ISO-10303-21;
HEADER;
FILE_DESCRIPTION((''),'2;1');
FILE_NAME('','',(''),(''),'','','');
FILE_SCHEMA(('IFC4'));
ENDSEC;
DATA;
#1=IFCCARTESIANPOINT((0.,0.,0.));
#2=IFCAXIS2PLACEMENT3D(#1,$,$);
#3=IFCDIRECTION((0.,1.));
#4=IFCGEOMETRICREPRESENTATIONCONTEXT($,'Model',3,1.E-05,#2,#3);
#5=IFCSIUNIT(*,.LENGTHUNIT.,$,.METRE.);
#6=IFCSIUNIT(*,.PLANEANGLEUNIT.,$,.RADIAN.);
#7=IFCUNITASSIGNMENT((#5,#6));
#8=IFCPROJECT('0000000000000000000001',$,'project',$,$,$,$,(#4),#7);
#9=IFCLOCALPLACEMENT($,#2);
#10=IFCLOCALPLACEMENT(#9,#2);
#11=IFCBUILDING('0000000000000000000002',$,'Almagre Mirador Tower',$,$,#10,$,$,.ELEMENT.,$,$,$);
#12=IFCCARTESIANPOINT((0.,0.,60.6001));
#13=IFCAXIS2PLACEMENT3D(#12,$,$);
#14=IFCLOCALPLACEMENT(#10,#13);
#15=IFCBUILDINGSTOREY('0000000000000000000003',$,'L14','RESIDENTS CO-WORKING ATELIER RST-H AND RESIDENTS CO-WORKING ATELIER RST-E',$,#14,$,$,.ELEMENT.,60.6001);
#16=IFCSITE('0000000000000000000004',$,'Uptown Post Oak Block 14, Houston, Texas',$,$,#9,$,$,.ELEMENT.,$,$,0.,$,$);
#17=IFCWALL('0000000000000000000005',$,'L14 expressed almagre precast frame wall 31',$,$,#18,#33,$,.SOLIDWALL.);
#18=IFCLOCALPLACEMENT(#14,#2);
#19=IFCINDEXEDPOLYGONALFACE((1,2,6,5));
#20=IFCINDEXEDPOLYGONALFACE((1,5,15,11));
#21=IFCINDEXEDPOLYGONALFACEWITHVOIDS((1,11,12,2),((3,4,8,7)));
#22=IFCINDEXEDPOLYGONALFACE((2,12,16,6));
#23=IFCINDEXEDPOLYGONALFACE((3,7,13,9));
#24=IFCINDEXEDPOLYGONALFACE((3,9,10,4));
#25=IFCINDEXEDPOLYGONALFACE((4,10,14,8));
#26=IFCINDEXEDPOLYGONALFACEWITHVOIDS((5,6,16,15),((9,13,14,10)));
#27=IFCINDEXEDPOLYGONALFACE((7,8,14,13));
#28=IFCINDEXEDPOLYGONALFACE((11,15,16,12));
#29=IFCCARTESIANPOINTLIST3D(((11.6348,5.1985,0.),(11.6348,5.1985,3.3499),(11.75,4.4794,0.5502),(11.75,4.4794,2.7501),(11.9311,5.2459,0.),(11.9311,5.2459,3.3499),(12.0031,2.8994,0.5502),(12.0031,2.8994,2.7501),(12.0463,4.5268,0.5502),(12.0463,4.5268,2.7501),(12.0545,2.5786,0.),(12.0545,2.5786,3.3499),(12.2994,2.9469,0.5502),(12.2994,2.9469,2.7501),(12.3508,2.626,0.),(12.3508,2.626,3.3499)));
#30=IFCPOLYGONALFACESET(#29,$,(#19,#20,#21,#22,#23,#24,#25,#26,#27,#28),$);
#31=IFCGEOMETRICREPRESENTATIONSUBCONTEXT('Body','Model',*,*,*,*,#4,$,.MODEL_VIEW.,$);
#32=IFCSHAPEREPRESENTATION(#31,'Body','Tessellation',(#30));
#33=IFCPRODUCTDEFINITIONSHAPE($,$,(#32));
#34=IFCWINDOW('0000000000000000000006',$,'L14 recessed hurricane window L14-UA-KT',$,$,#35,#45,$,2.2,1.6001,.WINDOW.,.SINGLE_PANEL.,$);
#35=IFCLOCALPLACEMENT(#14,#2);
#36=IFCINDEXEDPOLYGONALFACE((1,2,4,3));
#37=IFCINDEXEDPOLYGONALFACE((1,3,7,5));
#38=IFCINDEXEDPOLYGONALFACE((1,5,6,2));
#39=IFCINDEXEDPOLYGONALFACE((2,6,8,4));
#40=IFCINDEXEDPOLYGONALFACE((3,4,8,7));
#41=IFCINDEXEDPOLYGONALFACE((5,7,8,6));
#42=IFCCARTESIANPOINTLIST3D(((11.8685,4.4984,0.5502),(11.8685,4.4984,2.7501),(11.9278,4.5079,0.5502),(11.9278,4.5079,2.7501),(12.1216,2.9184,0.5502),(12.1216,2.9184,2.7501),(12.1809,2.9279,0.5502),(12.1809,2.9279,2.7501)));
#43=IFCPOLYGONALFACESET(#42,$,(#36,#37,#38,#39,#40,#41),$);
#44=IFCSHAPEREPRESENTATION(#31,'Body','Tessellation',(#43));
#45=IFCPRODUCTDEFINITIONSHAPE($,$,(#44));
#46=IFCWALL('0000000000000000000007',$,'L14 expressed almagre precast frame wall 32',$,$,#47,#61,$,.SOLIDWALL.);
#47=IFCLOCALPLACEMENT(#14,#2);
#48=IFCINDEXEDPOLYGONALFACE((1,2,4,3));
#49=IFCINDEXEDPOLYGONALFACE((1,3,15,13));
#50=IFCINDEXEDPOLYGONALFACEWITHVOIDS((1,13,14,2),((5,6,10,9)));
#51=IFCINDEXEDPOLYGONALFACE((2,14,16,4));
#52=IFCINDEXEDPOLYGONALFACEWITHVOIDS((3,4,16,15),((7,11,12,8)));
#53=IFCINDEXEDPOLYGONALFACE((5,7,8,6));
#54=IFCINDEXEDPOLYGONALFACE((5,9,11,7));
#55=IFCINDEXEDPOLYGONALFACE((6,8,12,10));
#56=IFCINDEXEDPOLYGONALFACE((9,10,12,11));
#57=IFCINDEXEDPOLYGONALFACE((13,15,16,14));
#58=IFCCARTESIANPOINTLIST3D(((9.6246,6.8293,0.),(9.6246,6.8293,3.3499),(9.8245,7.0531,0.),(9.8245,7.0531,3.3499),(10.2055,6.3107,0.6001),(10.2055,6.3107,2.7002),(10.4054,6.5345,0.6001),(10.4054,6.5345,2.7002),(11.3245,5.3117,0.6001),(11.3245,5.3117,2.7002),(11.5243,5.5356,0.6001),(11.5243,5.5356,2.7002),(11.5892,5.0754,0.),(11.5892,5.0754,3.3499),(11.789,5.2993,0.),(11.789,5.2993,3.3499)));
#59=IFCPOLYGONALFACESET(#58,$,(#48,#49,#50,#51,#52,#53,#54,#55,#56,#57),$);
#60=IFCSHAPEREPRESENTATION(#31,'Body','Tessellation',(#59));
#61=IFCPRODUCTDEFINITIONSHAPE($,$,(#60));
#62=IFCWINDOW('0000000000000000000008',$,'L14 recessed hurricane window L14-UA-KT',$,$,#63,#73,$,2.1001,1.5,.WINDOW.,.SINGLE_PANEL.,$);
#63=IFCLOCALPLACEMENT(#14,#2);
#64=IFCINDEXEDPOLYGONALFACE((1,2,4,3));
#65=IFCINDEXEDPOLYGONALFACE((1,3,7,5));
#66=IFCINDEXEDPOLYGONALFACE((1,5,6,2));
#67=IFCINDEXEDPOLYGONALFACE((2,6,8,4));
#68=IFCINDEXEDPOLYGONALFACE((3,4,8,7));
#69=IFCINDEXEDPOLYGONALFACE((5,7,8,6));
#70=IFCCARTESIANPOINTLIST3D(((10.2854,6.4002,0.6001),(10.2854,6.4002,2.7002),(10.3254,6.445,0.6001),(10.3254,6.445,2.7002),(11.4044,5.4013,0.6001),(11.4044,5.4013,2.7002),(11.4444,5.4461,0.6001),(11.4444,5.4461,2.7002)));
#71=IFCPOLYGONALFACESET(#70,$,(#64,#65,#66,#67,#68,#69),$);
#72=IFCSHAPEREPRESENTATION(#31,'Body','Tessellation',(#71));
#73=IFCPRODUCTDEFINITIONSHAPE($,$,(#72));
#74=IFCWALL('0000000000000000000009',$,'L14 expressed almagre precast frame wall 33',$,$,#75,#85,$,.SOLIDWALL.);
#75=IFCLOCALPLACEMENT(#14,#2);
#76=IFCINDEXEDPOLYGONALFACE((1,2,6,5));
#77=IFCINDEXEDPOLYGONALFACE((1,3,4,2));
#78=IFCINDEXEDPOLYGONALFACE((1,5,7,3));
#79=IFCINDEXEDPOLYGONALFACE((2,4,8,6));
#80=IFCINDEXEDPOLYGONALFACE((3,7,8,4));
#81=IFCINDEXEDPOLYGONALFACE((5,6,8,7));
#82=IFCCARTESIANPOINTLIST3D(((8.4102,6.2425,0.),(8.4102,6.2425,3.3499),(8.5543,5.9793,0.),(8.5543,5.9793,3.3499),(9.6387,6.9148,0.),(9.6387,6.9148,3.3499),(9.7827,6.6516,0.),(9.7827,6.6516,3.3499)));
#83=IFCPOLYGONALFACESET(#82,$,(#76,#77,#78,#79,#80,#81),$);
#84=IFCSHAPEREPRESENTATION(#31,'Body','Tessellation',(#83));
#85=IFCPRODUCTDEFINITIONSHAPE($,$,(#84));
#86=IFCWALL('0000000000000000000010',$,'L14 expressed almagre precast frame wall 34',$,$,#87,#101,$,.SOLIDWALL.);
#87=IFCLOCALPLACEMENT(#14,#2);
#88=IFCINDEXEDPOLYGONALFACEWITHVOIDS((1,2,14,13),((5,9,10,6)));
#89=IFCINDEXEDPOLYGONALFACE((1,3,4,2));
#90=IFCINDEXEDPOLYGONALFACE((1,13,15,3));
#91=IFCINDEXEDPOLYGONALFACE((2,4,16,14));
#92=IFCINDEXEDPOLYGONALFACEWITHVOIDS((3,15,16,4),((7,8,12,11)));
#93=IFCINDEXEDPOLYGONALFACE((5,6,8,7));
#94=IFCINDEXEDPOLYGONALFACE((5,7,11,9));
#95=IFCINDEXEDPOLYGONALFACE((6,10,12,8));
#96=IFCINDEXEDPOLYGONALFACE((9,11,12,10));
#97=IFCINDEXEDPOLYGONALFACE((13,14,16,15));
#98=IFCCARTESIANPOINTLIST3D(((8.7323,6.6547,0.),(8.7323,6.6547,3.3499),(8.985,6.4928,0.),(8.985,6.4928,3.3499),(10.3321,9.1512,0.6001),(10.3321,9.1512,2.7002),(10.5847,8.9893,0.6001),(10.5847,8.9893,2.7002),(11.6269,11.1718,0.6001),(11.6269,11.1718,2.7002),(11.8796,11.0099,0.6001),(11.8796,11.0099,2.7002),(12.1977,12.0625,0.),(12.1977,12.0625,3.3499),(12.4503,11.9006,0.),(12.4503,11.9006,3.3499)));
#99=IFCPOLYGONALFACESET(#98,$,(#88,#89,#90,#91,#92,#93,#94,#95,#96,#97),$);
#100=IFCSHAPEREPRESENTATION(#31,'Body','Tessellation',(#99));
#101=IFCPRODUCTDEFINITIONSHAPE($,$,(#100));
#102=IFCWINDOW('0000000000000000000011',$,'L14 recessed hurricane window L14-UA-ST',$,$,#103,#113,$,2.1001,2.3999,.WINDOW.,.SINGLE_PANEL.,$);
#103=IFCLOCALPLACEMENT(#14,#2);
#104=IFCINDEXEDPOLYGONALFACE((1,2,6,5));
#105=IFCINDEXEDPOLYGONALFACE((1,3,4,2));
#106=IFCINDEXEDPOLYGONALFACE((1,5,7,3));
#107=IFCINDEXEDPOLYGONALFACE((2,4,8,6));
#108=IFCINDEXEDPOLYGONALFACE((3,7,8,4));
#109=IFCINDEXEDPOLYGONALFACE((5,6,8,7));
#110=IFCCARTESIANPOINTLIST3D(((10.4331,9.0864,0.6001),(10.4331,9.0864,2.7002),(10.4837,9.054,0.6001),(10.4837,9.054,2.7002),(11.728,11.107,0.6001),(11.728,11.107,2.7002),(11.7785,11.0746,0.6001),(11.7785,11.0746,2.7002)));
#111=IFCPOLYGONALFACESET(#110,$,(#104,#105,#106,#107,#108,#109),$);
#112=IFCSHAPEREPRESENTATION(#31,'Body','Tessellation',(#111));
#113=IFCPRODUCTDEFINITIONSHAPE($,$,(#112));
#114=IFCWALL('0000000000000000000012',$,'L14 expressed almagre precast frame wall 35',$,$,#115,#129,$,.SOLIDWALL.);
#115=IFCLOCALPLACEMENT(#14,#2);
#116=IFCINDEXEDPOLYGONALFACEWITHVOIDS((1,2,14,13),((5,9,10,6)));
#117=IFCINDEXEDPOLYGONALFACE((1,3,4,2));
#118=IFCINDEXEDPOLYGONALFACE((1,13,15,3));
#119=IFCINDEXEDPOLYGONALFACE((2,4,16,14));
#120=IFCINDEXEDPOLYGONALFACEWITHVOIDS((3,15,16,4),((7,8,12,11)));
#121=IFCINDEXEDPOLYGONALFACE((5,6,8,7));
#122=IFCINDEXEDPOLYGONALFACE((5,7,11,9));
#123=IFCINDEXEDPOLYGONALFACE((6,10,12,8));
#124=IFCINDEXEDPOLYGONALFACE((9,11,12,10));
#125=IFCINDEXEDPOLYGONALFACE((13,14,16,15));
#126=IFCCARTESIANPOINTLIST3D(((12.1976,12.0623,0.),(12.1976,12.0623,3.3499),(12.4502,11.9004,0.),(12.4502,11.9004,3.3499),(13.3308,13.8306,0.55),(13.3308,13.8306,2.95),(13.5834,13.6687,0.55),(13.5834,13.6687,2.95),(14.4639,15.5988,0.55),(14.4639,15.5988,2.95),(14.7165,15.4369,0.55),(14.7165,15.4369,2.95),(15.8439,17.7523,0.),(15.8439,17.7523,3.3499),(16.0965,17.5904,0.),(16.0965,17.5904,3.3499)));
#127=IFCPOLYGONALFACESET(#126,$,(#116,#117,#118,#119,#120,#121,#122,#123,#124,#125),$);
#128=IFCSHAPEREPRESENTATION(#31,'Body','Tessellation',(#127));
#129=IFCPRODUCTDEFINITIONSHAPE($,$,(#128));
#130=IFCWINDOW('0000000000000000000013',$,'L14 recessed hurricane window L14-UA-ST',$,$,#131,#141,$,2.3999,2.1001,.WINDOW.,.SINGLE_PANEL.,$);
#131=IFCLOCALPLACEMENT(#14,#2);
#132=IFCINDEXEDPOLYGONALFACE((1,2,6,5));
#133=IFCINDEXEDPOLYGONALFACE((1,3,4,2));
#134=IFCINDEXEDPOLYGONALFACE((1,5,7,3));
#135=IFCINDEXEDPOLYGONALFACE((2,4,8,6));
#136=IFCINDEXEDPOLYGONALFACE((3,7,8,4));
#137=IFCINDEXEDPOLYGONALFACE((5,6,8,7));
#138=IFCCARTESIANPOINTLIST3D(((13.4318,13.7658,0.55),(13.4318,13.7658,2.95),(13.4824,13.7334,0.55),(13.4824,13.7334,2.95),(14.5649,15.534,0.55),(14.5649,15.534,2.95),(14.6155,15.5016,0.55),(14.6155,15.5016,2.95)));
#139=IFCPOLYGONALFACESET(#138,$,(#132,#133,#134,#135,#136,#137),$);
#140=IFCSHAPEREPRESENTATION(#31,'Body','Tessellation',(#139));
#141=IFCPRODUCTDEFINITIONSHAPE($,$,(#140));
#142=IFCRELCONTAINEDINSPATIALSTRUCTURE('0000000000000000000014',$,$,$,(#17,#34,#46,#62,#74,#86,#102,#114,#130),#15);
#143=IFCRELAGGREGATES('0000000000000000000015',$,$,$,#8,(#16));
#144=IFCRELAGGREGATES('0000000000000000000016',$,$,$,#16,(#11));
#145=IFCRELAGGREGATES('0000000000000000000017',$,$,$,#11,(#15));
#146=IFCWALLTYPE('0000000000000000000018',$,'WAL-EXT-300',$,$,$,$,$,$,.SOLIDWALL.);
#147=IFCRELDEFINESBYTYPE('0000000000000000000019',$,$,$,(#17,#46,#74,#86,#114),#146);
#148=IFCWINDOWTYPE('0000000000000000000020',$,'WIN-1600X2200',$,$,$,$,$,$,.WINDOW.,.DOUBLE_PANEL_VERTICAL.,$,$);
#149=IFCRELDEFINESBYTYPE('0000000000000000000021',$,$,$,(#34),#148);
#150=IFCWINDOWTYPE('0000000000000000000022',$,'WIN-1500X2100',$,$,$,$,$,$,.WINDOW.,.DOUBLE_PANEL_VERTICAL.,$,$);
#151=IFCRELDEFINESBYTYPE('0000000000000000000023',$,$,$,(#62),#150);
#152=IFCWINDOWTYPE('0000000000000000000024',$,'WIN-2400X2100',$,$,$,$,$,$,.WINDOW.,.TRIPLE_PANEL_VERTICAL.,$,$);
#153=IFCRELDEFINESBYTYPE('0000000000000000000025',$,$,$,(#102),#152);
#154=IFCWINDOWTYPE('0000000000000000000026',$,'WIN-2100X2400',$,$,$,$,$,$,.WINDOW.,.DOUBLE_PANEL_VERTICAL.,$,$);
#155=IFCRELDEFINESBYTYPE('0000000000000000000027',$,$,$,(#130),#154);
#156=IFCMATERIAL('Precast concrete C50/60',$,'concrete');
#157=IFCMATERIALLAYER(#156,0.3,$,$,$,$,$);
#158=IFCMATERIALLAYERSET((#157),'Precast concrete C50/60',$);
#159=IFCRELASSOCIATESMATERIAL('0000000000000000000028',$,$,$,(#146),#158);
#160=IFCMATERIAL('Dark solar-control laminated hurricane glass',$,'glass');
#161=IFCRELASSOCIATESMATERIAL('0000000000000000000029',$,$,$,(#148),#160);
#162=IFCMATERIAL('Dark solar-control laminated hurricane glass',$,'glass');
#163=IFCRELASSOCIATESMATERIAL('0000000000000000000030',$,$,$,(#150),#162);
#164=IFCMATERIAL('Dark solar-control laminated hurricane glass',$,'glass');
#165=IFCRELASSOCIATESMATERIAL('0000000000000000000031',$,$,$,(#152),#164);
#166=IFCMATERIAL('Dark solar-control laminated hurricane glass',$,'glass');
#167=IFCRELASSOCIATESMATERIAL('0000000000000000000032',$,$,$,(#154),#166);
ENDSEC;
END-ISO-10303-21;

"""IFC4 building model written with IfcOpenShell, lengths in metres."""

from ifc_helpers import new_model, si_unit, direction, frame, frame_2d, origin, place, context, subcontext, project, spatial, rectangle, extrude, material, layer, layer_set, type_object, element, fill, save


model = new_model("IFC4")

# Units and contexts
model_context = context("Model", 3, precision=1e-05, world=origin(), true_north=direction((0.0, 1.0)))
body_context = subcontext(model_context, "Body", "Model", "MODEL_VIEW")
ifc_project = project(units=[si_unit("LENGTHUNIT", "METRE"), si_unit("PLANEANGLEUNIT", "RADIAN")], contexts=[model_context])

# Site, building, storey
site_placement = place(None, origin())
site = spatial("IfcSite", under=ifc_project, at=site_placement, Name="Uptown Post Oak Block 14, Houston, Texas", CompositionType="ELEMENT", RefElevation=0.0)
building_placement = place(site_placement, origin())
building = spatial("IfcBuilding", under=site, at=building_placement, Name="Almagre Mirador Tower", CompositionType="ELEMENT")
storey_placement = place(building_placement, frame((0.0, 0.0, 60.6001)))
storey = spatial("IfcBuildingStorey", under=building, at=storey_placement, Name="L14", Description="RESIDENTS CO-WORKING ATELIER RST-H AND RESIDENTS CO-WORKING ATELIER RST-E", CompositionType="ELEMENT", Elevation=60.6001)

# Shared definitions
ifc_material_1 = material(Name="Precast concrete C50/60", Category="concrete")
ifc_layer_1 = layer(ifc_material_1, 0.3)
ifc_layer_set_1 = layer_set([ifc_layer_1], Name="Precast concrete C50/60")
wall_type_1 = type_object("IfcWallType", Name="WAL-EXT-300", PredefinedType="SOLIDWALL", material=ifc_layer_set_1)

# Walls, openings, windows
wall_1_placement = place(storey_placement, frame((12.2026, 2.6023, 0.0), z_axis=(0.0, 0.0, 1.0), x_axis=(-0.158174, 0.987411, 0.0)))
wall_1 = element("IfcWall", 1, at=wall_1_placement, inside=storey, type_object=wall_type_1, Name="L14 expressed almagre precast frame wall 31", PredefinedType="SOLIDWALL", context=body_context, shape_type="SweptSolid", body=[
    extrude(rectangle(XDim=2.6533, YDim=0.3, at=frame_2d((1.3267, 0.0))), origin(), (0.0, 0.0, 1.0), 3.3499),
])
opening_1_placement = place(wall_1_placement, frame((0.325, 0.0, 0.55)))
opening_1 = element("IfcOpeningElement", 2, at=opening_1_placement, cuts=wall_1, PredefinedType="OPENING", context=body_context, shape_type="SweptSolid", body=[
    extrude(rectangle(XDim=1.6001, YDim=2.2, at=frame_2d((0.8, 1.1001))), frame((0.0, 0.1599, 0.0), z_axis=(0.0, -1.0, 0.0), x_axis=(1.0, 0.0, 0.0)), (0.0, 0.0, 1.0), 0.32),
])
ifc_material_2 = material(Name="Dark solar-control laminated hurricane glass", Category="glass")
window_type_1 = type_object("IfcWindowType", Name="WIN-1600X2200", PartitioningType="DOUBLE_PANEL_VERTICAL", PredefinedType="WINDOW", material=ifc_material_2)
window_1_placement = place(opening_1_placement, origin())
window_1 = element("IfcWindow", 3, at=window_1_placement, inside=storey, type_object=window_type_1, Name="L14 recessed hurricane window L14-UA-KT", OverallHeight=2.2, OverallWidth=1.6001, PartitioningType="SINGLE_PANEL", PredefinedType="WINDOW", context=body_context, shape_type="SweptSolid", body=[
    extrude(rectangle(XDim=1.6001, YDim=2.2, at=frame_2d((0.8, 1.1001))), frame((0.0, 0.03, 0.0), z_axis=(0.0, -1.0, 0.0), x_axis=(1.0, 0.0, 0.0)), (0.0, 0.0, 1.0), 0.0601),
])
fill(opening_1, window_1)
wall_2_placement = place(storey_placement, frame((11.6892, 5.1873, 0.0), z_axis=(0.0, 0.0, 1.0), x_axis=(-0.745975, 0.665973, 0.0)))
wall_2 = element("IfcWall", 4, at=wall_2_placement, inside=storey, type_object=wall_type_1, Name="L14 expressed almagre precast frame wall 32", PredefinedType="SOLIDWALL", context=body_context, shape_type="SweptSolid", body=[
    extrude(rectangle(XDim=2.6335, YDim=0.3, at=frame_2d((1.3169, 0.0))), origin(), (0.0, 0.0, 1.0), 3.3499),
])
opening_2_placement = place(wall_2_placement, frame((0.355, 0.0, 0.6001)))
opening_2 = element("IfcOpeningElement", 5, at=opening_2_placement, cuts=wall_2, PredefinedType="OPENING", context=body_context, shape_type="SweptSolid", body=[
    extrude(rectangle(XDim=1.5, YDim=2.1001, at=frame_2d((0.75, 1.05))), frame((0.0, 0.1599, 0.0), z_axis=(0.0, -1.0, 0.0), x_axis=(1.0, 0.0, 0.0)), (0.0, 0.0, 1.0), 0.32),
])
ifc_material_3 = material(Name="Dark solar-control laminated hurricane glass", Category="glass")
window_type_2 = type_object("IfcWindowType", Name="WIN-1500X2100", PartitioningType="DOUBLE_PANEL_VERTICAL", PredefinedType="WINDOW", material=ifc_material_3)
window_2_placement = place(opening_2_placement, origin())
window_2 = element("IfcWindow", 6, at=window_2_placement, inside=storey, type_object=window_type_2, Name="L14 recessed hurricane window L14-UA-KT", OverallHeight=2.1001, OverallWidth=1.5, PartitioningType="SINGLE_PANEL", PredefinedType="WINDOW", context=body_context, shape_type="SweptSolid", body=[
    extrude(rectangle(XDim=1.5, YDim=2.1001, at=frame_2d((0.75, 1.05))), frame((0.0, 0.03, 0.0), z_axis=(0.0, -1.0, 0.0), x_axis=(1.0, 0.0, 0.0)), (0.0, 0.0, 1.0), 0.0601),
])
fill(opening_2, window_2)

# Wall
wall_3_placement = place(storey_placement, frame((9.7107, 6.7832, 0.0), z_axis=(0.0, 0.0, 1.0), x_axis=(-0.877215, -0.480097, 0.0)))
element("IfcWall", 7, at=wall_3_placement, inside=storey, type_object=wall_type_1, Name="L14 expressed almagre precast frame wall 33", PredefinedType="SOLIDWALL", context=body_context, shape_type="SweptSolid", body=[
    extrude(rectangle(XDim=1.4004, YDim=0.3, at=frame_2d((0.7002, 0.0))), origin(), (0.0, 0.0, 1.0), 3.3499),
])

# Walls, openings, windows
wall_4_placement = place(storey_placement, frame((8.8586, 6.5737, 0.0), z_axis=(0.0, 0.0, 1.0), x_axis=(0.539539, 0.841961, 0.0)))
wall_4 = element("IfcWall", 8, at=wall_4_placement, inside=storey, type_object=wall_type_1, Name="L14 expressed almagre precast frame wall 34", PredefinedType="SOLIDWALL", context=body_context, shape_type="SweptSolid", body=[
    extrude(rectangle(XDim=6.4229, YDim=0.3, at=frame_2d((3.2114, 0.0))), origin(), (0.0, 0.0, 1.0), 3.3499),
])
opening_3_placement = place(wall_4_placement, frame((2.9651, 0.0, 0.6001)))
opening_3 = element("IfcOpeningElement", 9, at=opening_3_placement, cuts=wall_4, PredefinedType="OPENING", context=body_context, shape_type="SweptSolid", body=[
    extrude(rectangle(XDim=2.3999, YDim=2.1001, at=frame_2d((1.2, 1.05))), frame((0.0, 0.1599, 0.0), z_axis=(0.0, -1.0, 0.0), x_axis=(1.0, 0.0, 0.0)), (0.0, 0.0, 1.0), 0.32),
])
ifc_material_4 = material(Name="Dark solar-control laminated hurricane glass", Category="glass")
window_type_3 = type_object("IfcWindowType", Name="WIN-2400X2100", PartitioningType="TRIPLE_PANEL_VERTICAL", PredefinedType="WINDOW", material=ifc_material_4)
window_3_placement = place(opening_3_placement, origin())
window_3 = element("IfcWindow", 10, at=window_3_placement, inside=storey, type_object=window_type_3, Name="L14 recessed hurricane window L14-UA-ST", OverallHeight=2.1001, OverallWidth=2.3999, PartitioningType="SINGLE_PANEL", PredefinedType="WINDOW", context=body_context, shape_type="SweptSolid", body=[
    extrude(rectangle(XDim=2.3999, YDim=2.1001, at=frame_2d((1.2, 1.05))), frame((0.0, 0.03, 0.0), z_axis=(0.0, -1.0, 0.0), x_axis=(1.0, 0.0, 0.0)), (0.0, 0.0, 1.0), 0.0601),
])
fill(opening_3, window_3)
wall_5_placement = place(storey_placement, frame((12.324, 11.9814, 0.0), z_axis=(0.0, 0.0, 1.0), x_axis=(0.539545, 0.841957, 0.0)))
wall_5 = element("IfcWall", 11, at=wall_5_placement, inside=storey, type_object=wall_type_1, Name="L14 expressed almagre precast frame wall 35", PredefinedType="SOLIDWALL", context=body_context, shape_type="SweptSolid", body=[
    extrude(rectangle(XDim=6.7581, YDim=0.3, at=frame_2d((3.3789, 0.0))), origin(), (0.0, 0.0, 1.0), 3.3499),
])
opening_4_placement = place(wall_5_placement, frame((2.1001, 0.0, 0.55)))
opening_4 = element("IfcOpeningElement", 12, at=opening_4_placement, cuts=wall_5, PredefinedType="OPENING", context=body_context, shape_type="SweptSolid", body=[
    extrude(rectangle(XDim=2.1001, YDim=2.3999, at=frame_2d((1.05, 1.2))), frame((0.0, 0.1599, 0.0), z_axis=(0.0, -1.0, 0.0), x_axis=(1.0, 0.0, 0.0)), (0.0, 0.0, 1.0), 0.32),
])
ifc_material_5 = material(Name="Dark solar-control laminated hurricane glass", Category="glass")
window_type_4 = type_object("IfcWindowType", Name="WIN-2100X2400", PartitioningType="DOUBLE_PANEL_VERTICAL", PredefinedType="WINDOW", material=ifc_material_5)
window_4_placement = place(opening_4_placement, origin())
window_4 = element("IfcWindow", 13, at=window_4_placement, inside=storey, type_object=window_type_4, Name="L14 recessed hurricane window L14-UA-ST", OverallHeight=2.3999, OverallWidth=2.1001, PartitioningType="SINGLE_PANEL", PredefinedType="WINDOW", context=body_context, shape_type="SweptSolid", body=[
    extrude(rectangle(XDim=2.1001, YDim=2.3999, at=frame_2d((1.05, 1.2))), frame((0.0, 0.03, 0.0), z_axis=(0.0, -1.0, 0.0), x_axis=(1.0, 0.0, 0.0)), (0.0, 0.0, 1.0), 0.0601),
])
fill(opening_4, window_4)

save(model, "model.ifc")
